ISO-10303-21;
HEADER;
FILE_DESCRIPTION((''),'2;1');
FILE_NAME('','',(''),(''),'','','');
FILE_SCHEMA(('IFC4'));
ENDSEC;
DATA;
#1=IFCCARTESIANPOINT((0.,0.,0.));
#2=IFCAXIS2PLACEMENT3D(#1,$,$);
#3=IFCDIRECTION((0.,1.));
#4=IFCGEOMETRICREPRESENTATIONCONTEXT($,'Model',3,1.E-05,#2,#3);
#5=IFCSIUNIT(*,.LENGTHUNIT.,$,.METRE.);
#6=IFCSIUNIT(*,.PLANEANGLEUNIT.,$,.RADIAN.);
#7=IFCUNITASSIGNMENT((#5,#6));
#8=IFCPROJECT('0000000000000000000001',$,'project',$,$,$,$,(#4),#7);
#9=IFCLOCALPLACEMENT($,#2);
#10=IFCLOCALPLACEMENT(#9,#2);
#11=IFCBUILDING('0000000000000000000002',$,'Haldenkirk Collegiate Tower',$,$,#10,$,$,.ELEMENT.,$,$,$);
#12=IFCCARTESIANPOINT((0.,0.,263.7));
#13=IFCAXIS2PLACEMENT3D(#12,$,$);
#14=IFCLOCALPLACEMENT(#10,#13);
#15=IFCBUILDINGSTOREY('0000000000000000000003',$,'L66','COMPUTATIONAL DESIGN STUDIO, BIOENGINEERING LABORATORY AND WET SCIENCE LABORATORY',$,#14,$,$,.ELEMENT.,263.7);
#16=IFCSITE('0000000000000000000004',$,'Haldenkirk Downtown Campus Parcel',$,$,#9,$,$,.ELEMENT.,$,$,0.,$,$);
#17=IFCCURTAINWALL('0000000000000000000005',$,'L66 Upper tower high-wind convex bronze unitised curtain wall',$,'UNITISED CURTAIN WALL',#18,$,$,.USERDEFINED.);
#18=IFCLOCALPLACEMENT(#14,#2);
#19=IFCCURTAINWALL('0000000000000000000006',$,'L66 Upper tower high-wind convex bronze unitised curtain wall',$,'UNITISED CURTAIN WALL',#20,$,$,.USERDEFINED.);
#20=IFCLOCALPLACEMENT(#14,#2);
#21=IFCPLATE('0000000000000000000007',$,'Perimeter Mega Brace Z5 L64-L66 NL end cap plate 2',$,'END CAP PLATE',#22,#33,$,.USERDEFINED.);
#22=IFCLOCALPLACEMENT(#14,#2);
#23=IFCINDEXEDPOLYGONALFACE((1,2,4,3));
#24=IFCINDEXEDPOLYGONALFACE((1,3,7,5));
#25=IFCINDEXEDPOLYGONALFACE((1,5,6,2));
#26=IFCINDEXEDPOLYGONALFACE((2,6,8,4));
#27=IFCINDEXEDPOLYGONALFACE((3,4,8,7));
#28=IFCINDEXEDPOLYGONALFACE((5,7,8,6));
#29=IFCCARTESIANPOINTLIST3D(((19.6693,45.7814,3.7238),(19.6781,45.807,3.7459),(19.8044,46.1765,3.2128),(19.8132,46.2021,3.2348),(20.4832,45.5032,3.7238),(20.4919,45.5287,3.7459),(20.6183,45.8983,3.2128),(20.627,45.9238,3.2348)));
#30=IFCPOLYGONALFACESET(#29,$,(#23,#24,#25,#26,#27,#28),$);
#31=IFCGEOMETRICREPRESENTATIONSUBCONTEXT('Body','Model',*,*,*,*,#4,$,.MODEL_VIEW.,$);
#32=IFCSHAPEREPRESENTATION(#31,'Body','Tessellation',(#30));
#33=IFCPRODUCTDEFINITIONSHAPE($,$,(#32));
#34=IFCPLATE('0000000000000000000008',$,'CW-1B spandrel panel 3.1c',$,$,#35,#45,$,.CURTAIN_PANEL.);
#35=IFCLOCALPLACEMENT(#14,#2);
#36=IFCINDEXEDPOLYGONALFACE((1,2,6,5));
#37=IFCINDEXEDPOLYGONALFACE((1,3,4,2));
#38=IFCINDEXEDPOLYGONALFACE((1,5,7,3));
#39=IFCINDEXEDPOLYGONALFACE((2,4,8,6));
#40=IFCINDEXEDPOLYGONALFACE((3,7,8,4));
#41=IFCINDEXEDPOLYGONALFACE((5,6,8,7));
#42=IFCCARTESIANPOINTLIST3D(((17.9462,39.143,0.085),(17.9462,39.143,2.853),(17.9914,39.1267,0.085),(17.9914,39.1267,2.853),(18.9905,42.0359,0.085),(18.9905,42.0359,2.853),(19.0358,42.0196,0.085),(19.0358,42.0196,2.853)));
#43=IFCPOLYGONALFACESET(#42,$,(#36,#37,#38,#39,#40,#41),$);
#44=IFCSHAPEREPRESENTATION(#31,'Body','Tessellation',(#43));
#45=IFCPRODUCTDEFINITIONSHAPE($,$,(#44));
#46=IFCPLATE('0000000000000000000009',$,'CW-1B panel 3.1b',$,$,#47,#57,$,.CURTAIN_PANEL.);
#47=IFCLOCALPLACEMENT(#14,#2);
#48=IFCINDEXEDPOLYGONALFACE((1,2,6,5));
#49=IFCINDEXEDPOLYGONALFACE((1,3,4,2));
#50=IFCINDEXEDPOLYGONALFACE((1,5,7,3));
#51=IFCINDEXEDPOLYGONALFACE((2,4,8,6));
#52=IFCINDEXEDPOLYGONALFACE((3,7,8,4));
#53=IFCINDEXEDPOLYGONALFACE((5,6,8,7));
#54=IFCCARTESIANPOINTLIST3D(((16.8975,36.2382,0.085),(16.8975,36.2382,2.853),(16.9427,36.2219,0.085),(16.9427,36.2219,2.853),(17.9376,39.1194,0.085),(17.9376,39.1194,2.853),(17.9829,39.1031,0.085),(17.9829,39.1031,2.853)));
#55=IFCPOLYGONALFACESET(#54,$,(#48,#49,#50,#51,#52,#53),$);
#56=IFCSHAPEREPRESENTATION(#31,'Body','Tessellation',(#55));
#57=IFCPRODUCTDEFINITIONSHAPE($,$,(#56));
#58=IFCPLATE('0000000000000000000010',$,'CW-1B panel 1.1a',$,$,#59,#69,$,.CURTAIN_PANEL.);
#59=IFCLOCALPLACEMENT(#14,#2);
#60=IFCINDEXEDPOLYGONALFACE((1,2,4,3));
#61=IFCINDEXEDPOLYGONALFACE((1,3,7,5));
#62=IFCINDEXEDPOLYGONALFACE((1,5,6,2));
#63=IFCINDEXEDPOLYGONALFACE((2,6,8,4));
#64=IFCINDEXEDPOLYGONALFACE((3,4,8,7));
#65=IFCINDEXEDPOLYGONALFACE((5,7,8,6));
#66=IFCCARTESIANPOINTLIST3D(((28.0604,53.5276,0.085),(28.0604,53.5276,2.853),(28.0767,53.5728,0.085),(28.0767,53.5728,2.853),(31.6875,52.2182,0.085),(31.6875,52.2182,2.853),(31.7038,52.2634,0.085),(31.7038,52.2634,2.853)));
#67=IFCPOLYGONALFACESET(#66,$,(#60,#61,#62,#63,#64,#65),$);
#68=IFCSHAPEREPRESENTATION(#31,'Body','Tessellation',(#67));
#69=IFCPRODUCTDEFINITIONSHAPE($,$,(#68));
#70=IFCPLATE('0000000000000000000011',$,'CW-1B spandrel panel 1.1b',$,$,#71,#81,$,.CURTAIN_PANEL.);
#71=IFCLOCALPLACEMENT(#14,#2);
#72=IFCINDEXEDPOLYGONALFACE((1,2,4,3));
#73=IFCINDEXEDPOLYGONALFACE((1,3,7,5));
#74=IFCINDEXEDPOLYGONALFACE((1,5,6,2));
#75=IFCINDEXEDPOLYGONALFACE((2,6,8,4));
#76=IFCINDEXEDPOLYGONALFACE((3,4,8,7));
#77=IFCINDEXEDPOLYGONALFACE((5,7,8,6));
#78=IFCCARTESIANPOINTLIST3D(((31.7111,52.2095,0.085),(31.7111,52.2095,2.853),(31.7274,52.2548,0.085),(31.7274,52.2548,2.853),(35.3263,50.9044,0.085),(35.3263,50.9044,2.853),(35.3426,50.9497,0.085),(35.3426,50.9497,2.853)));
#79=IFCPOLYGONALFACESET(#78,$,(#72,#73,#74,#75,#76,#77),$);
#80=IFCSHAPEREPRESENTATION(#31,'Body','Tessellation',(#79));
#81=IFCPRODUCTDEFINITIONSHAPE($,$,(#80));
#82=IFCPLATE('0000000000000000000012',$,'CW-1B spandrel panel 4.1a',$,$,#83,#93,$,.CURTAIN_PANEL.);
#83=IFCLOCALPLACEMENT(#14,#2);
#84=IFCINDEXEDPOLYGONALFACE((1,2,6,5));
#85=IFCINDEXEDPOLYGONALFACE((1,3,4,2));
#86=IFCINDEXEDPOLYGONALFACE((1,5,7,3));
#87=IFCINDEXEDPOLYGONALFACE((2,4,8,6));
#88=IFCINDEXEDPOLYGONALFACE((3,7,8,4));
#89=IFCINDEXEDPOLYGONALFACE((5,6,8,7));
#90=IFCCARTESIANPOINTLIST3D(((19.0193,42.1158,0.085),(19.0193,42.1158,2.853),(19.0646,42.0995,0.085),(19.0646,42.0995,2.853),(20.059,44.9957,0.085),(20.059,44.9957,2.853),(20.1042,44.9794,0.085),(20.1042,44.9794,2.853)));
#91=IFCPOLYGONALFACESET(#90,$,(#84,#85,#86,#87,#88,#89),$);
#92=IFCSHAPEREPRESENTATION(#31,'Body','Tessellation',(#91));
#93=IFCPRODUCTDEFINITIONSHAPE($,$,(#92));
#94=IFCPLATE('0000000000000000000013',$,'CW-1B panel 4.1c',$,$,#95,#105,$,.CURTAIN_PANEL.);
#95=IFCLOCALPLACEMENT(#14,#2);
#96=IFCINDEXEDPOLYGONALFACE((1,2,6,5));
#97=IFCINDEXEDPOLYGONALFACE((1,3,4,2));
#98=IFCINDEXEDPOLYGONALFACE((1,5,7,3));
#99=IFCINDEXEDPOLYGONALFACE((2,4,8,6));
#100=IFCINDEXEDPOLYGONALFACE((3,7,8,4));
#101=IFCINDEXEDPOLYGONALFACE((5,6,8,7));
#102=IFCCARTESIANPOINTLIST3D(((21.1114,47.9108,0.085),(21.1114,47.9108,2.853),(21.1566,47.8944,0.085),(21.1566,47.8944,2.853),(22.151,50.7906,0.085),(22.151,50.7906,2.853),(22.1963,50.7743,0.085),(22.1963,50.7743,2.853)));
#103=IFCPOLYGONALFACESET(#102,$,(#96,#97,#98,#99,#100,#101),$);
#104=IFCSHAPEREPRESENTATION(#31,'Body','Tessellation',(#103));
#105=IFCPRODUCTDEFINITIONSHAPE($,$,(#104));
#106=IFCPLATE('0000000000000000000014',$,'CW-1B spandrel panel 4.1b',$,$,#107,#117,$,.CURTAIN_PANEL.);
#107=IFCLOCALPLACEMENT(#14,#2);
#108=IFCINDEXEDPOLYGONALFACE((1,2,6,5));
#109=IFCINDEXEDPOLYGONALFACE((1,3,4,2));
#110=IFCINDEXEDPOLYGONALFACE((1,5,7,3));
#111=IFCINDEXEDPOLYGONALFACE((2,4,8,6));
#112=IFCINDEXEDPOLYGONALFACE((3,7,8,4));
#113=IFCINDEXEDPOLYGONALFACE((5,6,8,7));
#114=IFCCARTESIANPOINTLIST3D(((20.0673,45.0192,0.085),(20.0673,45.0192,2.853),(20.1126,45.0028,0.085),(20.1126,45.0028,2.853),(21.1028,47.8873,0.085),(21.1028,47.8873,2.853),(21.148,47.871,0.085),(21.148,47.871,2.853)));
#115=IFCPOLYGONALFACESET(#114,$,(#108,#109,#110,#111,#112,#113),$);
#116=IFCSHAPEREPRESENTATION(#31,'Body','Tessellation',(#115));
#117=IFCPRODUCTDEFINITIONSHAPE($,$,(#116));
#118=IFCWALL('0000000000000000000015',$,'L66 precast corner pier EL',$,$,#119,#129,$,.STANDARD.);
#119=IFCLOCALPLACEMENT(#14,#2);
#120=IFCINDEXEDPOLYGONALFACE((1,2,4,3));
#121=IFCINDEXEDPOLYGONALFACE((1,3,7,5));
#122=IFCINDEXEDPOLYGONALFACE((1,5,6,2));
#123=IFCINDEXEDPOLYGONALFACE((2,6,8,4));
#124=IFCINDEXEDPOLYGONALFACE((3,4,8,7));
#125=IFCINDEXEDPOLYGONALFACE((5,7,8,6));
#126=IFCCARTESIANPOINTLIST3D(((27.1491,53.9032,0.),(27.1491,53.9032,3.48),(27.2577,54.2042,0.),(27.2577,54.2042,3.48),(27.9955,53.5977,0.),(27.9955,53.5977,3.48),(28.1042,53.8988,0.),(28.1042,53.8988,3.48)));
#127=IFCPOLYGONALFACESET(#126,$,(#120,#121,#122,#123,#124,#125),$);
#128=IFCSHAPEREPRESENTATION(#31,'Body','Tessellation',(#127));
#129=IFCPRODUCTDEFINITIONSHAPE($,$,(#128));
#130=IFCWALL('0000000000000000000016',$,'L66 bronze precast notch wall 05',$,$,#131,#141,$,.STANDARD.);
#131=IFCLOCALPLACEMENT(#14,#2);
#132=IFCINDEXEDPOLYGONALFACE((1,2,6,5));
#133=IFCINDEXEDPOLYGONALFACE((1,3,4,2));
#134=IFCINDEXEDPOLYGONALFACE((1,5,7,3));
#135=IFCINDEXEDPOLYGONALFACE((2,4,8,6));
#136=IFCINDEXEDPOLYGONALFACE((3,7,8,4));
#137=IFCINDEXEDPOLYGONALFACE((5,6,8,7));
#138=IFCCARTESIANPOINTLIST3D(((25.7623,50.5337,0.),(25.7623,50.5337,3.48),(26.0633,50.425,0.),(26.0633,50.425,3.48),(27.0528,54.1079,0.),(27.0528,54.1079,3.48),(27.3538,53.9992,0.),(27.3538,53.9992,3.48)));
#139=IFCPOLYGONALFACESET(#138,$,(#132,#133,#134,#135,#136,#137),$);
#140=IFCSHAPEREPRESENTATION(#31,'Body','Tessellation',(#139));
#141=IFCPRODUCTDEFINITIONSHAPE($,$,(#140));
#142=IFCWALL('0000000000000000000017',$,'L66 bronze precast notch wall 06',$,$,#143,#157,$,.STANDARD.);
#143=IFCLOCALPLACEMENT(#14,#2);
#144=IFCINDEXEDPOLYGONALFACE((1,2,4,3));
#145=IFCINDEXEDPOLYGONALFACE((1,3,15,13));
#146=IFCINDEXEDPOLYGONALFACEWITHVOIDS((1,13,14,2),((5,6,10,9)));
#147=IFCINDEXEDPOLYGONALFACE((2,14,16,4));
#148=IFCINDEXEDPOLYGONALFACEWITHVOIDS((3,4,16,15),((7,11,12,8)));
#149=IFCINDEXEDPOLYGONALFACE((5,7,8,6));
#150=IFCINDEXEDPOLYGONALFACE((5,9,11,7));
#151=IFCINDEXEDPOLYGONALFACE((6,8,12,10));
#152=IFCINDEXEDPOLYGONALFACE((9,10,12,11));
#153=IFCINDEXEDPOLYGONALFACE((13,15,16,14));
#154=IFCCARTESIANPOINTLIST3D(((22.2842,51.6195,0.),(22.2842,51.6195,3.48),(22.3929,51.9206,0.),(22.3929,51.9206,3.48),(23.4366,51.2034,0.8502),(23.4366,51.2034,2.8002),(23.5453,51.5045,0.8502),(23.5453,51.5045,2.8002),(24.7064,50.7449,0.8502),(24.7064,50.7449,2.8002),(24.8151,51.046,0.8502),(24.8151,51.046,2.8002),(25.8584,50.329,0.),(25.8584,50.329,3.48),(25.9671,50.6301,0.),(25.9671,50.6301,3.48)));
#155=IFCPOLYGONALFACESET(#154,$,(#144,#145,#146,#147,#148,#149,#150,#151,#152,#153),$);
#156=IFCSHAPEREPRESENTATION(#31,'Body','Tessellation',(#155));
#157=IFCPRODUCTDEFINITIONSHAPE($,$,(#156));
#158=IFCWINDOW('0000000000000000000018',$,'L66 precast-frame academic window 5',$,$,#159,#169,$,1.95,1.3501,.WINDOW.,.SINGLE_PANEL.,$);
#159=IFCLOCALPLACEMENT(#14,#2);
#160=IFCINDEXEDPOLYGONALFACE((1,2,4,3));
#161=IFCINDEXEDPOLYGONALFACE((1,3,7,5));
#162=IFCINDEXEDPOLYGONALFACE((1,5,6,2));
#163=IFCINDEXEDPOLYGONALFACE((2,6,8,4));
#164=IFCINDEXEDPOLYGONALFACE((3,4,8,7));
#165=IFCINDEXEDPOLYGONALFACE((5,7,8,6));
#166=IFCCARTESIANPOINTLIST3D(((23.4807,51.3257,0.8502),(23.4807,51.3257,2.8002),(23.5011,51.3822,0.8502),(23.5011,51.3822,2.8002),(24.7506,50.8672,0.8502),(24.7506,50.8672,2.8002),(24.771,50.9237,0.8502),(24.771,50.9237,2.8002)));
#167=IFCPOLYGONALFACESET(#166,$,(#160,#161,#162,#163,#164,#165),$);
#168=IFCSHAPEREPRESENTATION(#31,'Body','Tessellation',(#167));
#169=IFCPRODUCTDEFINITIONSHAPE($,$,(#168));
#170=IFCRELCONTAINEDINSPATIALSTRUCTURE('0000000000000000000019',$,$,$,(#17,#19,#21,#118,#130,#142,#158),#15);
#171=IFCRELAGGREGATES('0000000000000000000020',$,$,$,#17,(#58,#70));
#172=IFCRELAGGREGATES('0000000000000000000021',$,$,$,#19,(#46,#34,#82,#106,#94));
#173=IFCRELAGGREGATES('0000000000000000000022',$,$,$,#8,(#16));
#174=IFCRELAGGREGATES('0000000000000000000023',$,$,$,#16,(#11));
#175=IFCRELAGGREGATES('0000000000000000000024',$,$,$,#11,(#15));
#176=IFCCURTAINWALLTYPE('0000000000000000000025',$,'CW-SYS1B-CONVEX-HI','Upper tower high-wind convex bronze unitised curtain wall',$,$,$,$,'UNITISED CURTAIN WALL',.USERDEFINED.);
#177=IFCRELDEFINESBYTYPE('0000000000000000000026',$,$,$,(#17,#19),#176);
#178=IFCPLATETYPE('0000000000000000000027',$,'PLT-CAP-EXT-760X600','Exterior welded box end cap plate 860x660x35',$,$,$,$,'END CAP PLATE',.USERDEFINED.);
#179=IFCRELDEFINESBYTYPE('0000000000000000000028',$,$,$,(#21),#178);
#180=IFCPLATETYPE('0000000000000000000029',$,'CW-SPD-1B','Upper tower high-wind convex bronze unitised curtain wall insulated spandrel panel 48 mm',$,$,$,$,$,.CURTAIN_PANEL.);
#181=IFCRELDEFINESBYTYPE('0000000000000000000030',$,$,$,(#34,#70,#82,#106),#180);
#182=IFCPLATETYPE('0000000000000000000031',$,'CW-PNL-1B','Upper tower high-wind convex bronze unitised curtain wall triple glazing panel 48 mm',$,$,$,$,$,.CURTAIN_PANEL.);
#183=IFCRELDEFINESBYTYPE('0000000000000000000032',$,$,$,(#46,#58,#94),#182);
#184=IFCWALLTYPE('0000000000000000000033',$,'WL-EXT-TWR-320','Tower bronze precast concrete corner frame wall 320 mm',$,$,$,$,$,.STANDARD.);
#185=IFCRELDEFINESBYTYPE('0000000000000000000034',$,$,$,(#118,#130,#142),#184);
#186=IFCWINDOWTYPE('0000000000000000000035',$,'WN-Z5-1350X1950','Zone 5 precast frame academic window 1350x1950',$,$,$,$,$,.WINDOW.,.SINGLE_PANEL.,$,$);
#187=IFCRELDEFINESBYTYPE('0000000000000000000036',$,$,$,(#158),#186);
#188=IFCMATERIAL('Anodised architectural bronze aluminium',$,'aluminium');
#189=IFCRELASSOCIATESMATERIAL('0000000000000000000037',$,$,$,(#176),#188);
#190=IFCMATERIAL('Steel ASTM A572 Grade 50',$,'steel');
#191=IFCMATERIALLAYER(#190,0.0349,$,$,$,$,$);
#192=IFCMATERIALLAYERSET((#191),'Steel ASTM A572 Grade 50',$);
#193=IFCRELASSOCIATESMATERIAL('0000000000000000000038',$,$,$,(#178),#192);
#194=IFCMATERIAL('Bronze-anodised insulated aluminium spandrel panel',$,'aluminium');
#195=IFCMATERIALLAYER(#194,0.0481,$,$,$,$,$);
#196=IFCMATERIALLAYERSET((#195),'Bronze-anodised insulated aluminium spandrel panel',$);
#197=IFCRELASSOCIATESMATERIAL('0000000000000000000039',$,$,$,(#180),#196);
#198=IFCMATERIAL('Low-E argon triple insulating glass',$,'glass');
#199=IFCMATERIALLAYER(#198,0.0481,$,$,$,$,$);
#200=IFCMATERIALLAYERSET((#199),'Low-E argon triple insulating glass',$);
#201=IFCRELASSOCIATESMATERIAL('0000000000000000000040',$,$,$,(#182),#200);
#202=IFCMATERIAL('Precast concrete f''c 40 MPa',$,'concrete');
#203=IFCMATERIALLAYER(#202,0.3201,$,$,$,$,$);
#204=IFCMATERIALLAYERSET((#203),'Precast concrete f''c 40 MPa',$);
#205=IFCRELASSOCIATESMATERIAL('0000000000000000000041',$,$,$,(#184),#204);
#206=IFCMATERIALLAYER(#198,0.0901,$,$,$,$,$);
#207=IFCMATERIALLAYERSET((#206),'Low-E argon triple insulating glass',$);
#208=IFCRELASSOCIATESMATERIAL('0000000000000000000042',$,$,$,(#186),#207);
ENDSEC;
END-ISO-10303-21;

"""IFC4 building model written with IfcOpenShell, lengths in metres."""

from ifc_helpers import new_model, si_unit, direction, frame, frame_2d, origin, origin_2d, place, context, subcontext, project, spatial, rectangle, extrude, source, transform, mapped, material, layer, layer_set, type_object, element, fill, aggregate, save


model = new_model("IFC4")

# Units and contexts
model_context = context("Model", 3, precision=1e-05, world=origin(), true_north=direction((0.0, 1.0)))
body_context = subcontext(model_context, "Body", "Model", "MODEL_VIEW")
ifc_project = project(units=[si_unit("LENGTHUNIT", "METRE"), si_unit("PLANEANGLEUNIT", "RADIAN")], contexts=[model_context])

# Site, building, storey
site_placement = place(None, origin())
site = spatial("IfcSite", under=ifc_project, at=site_placement, Name="Haldenkirk Downtown Campus Parcel", CompositionType="ELEMENT", RefElevation=0.0)
building_placement = place(site_placement, origin())
building = spatial("IfcBuilding", under=site, at=building_placement, Name="Haldenkirk Collegiate Tower", CompositionType="ELEMENT")
storey_placement = place(building_placement, frame((0.0, 0.0, 263.7)))
storey = spatial("IfcBuildingStorey", under=building, at=storey_placement, Name="L66", Description="COMPUTATIONAL DESIGN STUDIO, BIOENGINEERING LABORATORY AND WET SCIENCE LABORATORY", CompositionType="ELEMENT", Elevation=263.7)

# Shared definitions
ifc_material_1 = material(Name="Steel ASTM A572 Grade 50", Category="steel")

# Curtain wall
ifc_material_2 = material(Name="Anodised architectural bronze aluminium", Category="aluminium")
curtain_wall_type = type_object("IfcCurtainWallType", Name="CW-SYS1B-CONVEX-HI", Description="Upper tower high-wind convex bronze unitised curtain wall", ElementType="UNITISED CURTAIN WALL", PredefinedType="USERDEFINED", material=ifc_material_2)
curtain_wall_1_placement = place(storey_placement, origin())
curtain_wall_1 = element("IfcCurtainWall", 1, at=curtain_wall_1_placement, inside=storey, type_object=curtain_wall_type, Name="L66 Upper tower high-wind convex bronze unitised curtain wall", ObjectType="UNITISED CURTAIN WALL", PredefinedType="USERDEFINED")

# Curtain wall
curtain_wall_2_placement = place(storey_placement, origin())
curtain_wall_2 = element("IfcCurtainWall", 2, at=curtain_wall_2_placement, inside=storey, type_object=curtain_wall_type, Name="L66 Upper tower high-wind convex bronze unitised curtain wall", ObjectType="UNITISED CURTAIN WALL", PredefinedType="USERDEFINED")

# Plate
ifc_layer_1 = layer(ifc_material_1, 0.0349)
ifc_layer_set_1 = layer_set([ifc_layer_1], Name="Steel ASTM A572 Grade 50")
plate_type_1 = type_object("IfcPlateType", Name="PLT-CAP-EXT-760X600", Description="Exterior welded box end cap plate 860x660x35", ElementType="END CAP PLATE", PredefinedType="USERDEFINED", material=ifc_layer_set_1)
shared_shape_1 = source(origin(), body_context, "Body", "SweptSolid", [
    extrude(rectangle(XDim=0.8601, YDim=0.6599, at=origin_2d()), origin(), (0.0, 0.0, 1.0), 0.0349),
])
for number, where, z_axis, x_axis, name in (
    (3, (20.1438, 45.8398, 3.4683), (0.25053, 0.732732, 0.632723), (-0.94622, 0.323524, 0.0), "Perimeter Mega Brace Z5 L64-L66 NL end cap plate 2"),
):
    element("IfcPlate", number, at=place(storey_placement, frame(where, z_axis=z_axis, x_axis=x_axis)), inside=storey, type_object=plate_type_1, Name=name, ObjectType="END CAP PLATE", PredefinedType="USERDEFINED", context=body_context, shape_type="MappedRepresentation", body=[
        mapped(shared_shape_1, transform((0.0, 0.0, 0.0), x_axis=(1.0, 0.0, 0.0), y_axis=(0.0, 1.0, 0.0), z_axis=(0.0, 0.0, 1.0), scale=1.0)),
    ])

# Plates
ifc_material_3 = material(Name="Bronze-anodised insulated aluminium spandrel panel", Category="aluminium")
ifc_layer_2 = layer(ifc_material_3, 0.0481)
ifc_layer_set_2 = layer_set([ifc_layer_2], Name="Bronze-anodised insulated aluminium spandrel panel")
plate_type_2 = type_object("IfcPlateType", Name="CW-SPD-1B", Description="Upper tower high-wind convex bronze unitised curtain wall insulated spandrel panel 48 mm", PredefinedType="CURTAIN_PANEL", material=ifc_layer_set_2)
shared_shape_2 = source(origin(), body_context, "Body", "SweptSolid", [
    extrude(rectangle(XDim=3.0757, YDim=0.0481, at=origin_2d()), origin(), (0.0, 0.0, 1.0), 2.7681),
])
plate_1_placement = place(storey_placement, frame((18.491, 40.5813, 0.085), z_axis=(0.0, 0.0, 1.0), x_axis=(0.339559, 0.940585, 0.0)))
plate_1 = element("IfcPlate", 4, at=plate_1_placement, type_object=plate_type_2, Name="CW-1B spandrel panel 3.1c", PredefinedType="CURTAIN_PANEL", context=body_context, shape_type="MappedRepresentation", body=[
    mapped(shared_shape_2, transform((0.0, 0.0, 0.0), x_axis=(1.0, 0.0, 0.0), y_axis=(0.0, 1.0, 0.0), z_axis=(0.0, 0.0, 1.0), scale=1.0)),
])
ifc_material_4 = material(Name="Low-E argon triple insulating glass", Category="glass")
ifc_layer_3 = layer(ifc_material_4, 0.0481)
ifc_layer_set_3 = layer_set([ifc_layer_3], Name="Low-E argon triple insulating glass")
plate_type_3 = type_object("IfcPlateType", Name="CW-PNL-1B", Description="Upper tower high-wind convex bronze unitised curtain wall triple glazing panel 48 mm", PredefinedType="CURTAIN_PANEL", material=ifc_layer_set_3)
shared_shape_3 = source(origin(), body_context, "Body", "SweptSolid", [
    extrude(rectangle(XDim=3.0632, YDim=0.0481, at=origin_2d()), origin(), (0.0, 0.0, 1.0), 2.7681),
])
plate_2_placement = place(storey_placement, frame((17.4402, 37.6707, 0.085), z_axis=(0.0, 0.0, 1.0), x_axis=(0.339559, 0.940585, 0.0)))
plate_2 = element("IfcPlate", 5, at=plate_2_placement, type_object=plate_type_3, Name="CW-1B panel 3.1b", PredefinedType="CURTAIN_PANEL", context=body_context, shape_type="MappedRepresentation", body=[
    mapped(shared_shape_3, transform((0.0, 0.0, 0.0), x_axis=(1.0, 0.0, 0.0), y_axis=(0.0, 1.0, 0.0), z_axis=(0.0, 0.0, 1.0), scale=1.0)),
])
shared_shape_4 = source(origin(), body_context, "Body", "SweptSolid", [
    extrude(rectangle(XDim=3.8562, YDim=0.0481, at=origin_2d()), origin(), (0.0, 0.0, 1.0), 2.7681),
])
plate_3_placement = place(storey_placement, frame((29.8821, 52.8955, 0.085), z_axis=(0.0, 0.0, 1.0), x_axis=(0.940586, -0.339557, 0.0)))
plate_3 = element("IfcPlate", 6, at=plate_3_placement, type_object=plate_type_3, Name="CW-1B panel 1.1a", PredefinedType="CURTAIN_PANEL", context=body_context, shape_type="MappedRepresentation", body=[
    mapped(shared_shape_4, transform((0.0, 0.0, 0.0), x_axis=(1.0, 0.0, 0.0), y_axis=(0.0, 1.0, 0.0), z_axis=(0.0, 0.0, 1.0), scale=1.0)),
])
shared_shape_5 = source(origin(), body_context, "Body", "SweptSolid", [
    extrude(rectangle(XDim=3.8435, YDim=0.0481, at=origin_2d()), origin(), (0.0, 0.0, 1.0), 2.7681),
])
plate_4_placement = place(storey_placement, frame((33.5269, 51.5796, 0.085), z_axis=(0.0, 0.0, 1.0), x_axis=(0.940586, -0.339557, 0.0)))
plate_4 = element("IfcPlate", 7, at=plate_4_placement, type_object=plate_type_2, Name="CW-1B spandrel panel 1.1b", PredefinedType="CURTAIN_PANEL", context=body_context, shape_type="MappedRepresentation", body=[
    mapped(shared_shape_5, transform((0.0, 0.0, 0.0), x_axis=(1.0, 0.0, 0.0), y_axis=(0.0, 1.0, 0.0), z_axis=(0.0, 0.0, 1.0), scale=1.0)),
])
aggregate(curtain_wall_1, [plate_3, plate_4])
shared_shape_6 = source(origin(), body_context, "Body", "SweptSolid", [
    extrude(rectangle(XDim=3.0618, YDim=0.0481, at=origin_2d()), origin(), (0.0, 0.0, 1.0), 2.7681),
])
plate_5_placement = place(storey_placement, frame((19.5618, 43.5476, 0.085), z_axis=(0.0, 0.0, 1.0), x_axis=(0.339559, 0.940585, 0.0)))
plate_5 = element("IfcPlate", 8, at=plate_5_placement, type_object=plate_type_2, Name="CW-1B spandrel panel 4.1a", PredefinedType="CURTAIN_PANEL", context=body_context, shape_type="MappedRepresentation", body=[
    mapped(shared_shape_6, transform((0.0, 0.0, 0.0), x_axis=(1.0, 0.0, 0.0), y_axis=(0.0, 1.0, 0.0), z_axis=(0.0, 0.0, 1.0), scale=1.0)),
])
plate_6_placement = place(storey_placement, frame((21.6538, 49.3425, 0.085), z_axis=(0.0, 0.0, 1.0), x_axis=(0.339559, 0.940585, 0.0)))
plate_6 = element("IfcPlate", 9, at=plate_6_placement, type_object=plate_type_3, Name="CW-1B panel 4.1c", PredefinedType="CURTAIN_PANEL", context=body_context, shape_type="MappedRepresentation", body=[
    mapped(shared_shape_6, transform((0.0, 0.0, 0.0), x_axis=(1.0, 0.0, 0.0), y_axis=(0.0, 1.0, 0.0), z_axis=(0.0, 0.0, 1.0), scale=1.0)),
])
shared_shape_7 = source(origin(), body_context, "Body", "SweptSolid", [
    extrude(rectangle(XDim=3.0493, YDim=0.0481, at=origin_2d()), origin(), (0.0, 0.0, 1.0), 2.7681),
])
plate_7_placement = place(storey_placement, frame((20.6077, 46.4451, 0.085), z_axis=(0.0, 0.0, 1.0), x_axis=(0.339559, 0.940585, 0.0)))
plate_7 = element("IfcPlate", 10, at=plate_7_placement, type_object=plate_type_2, Name="CW-1B spandrel panel 4.1b", PredefinedType="CURTAIN_PANEL", context=body_context, shape_type="MappedRepresentation", body=[
    mapped(shared_shape_7, transform((0.0, 0.0, 0.0), x_axis=(1.0, 0.0, 0.0), y_axis=(0.0, 1.0, 0.0), z_axis=(0.0, 0.0, 1.0), scale=1.0)),
])
aggregate(curtain_wall_2, [plate_2, plate_1, plate_5, plate_7, plate_6])

# Walls
ifc_material_5 = material(Name="Precast concrete f'c 40 MPa", Category="concrete")
ifc_layer_4 = layer(ifc_material_5, 0.3201)
ifc_layer_set_4 = layer_set([ifc_layer_4], Name="Precast concrete f'c 40 MPa")
wall_type_1 = type_object("IfcWallType", Name="WL-EXT-TWR-320", Description="Tower bronze precast concrete corner frame wall 320 mm", PredefinedType="STANDARD", material=ifc_layer_set_4)
wall_1_placement = place(storey_placement, frame((27.2034, 54.0537, 0.0), z_axis=(0.0, 0.0, 1.0), x_axis=(0.940638, -0.339411, 0.0)))
element("IfcWall", 11, at=wall_1_placement, inside=storey, type_object=wall_type_1, Name="L66 precast corner pier EL", PredefinedType="STANDARD", context=body_context, shape_type="SweptSolid", body=[
    extrude(rectangle(XDim=0.8999, YDim=0.3201, at=frame_2d((0.45, 0.0))), origin(), (0.0, 0.0, 1.0), 3.48),
])
wall_2_placement = place(storey_placement, frame((25.9128, 50.4795, 0.0), z_axis=(0.0, 0.0, 1.0), x_axis=(0.339607, 0.940568, 0.0)))
element("IfcWall", 12, at=wall_2_placement, inside=storey, type_object=wall_type_1, Name="L66 bronze precast notch wall 05", PredefinedType="STANDARD", context=body_context, shape_type="SweptSolid", body=[
    extrude(rectangle(XDim=3.8, YDim=0.3201, at=frame_2d((1.8999, 0.0))), origin(), (0.0, 0.0, 1.0), 3.48),
])

# Wall, opening, window
wall_3_placement = place(storey_placement, frame((22.3386, 51.77, 0.0), z_axis=(0.0, 0.0, 1.0), x_axis=(0.940568, -0.339607, 0.0)))
wall_3 = element("IfcWall", 13, at=wall_3_placement, inside=storey, type_object=wall_type_1, Name="L66 bronze precast notch wall 06", PredefinedType="STANDARD", context=body_context, shape_type="SweptSolid", body=[
    extrude(rectangle(XDim=3.8, YDim=0.3201, at=frame_2d((1.8999, 0.0))), origin(), (0.0, 0.0, 1.0), 3.48),
])
opening_placement = place(wall_3_placement, frame((1.2251, 0.0, 0.8501)))
opening = element("IfcOpeningElement", 14, at=opening_placement, cuts=wall_3, PredefinedType="OPENING", context=body_context, shape_type="SweptSolid", body=[
    extrude(rectangle(XDim=1.3501, YDim=1.95, at=frame_2d((0.675, 0.9751))), frame((0.0, 0.1699, 0.0), z_axis=(0.0, -1.0, 0.0), x_axis=(1.0, 0.0, 0.0)), (0.0, 0.0, 1.0), 0.3401),
])
ifc_layer_5 = layer(ifc_material_4, 0.0901)
ifc_layer_set_5 = layer_set([ifc_layer_5], Name="Low-E argon triple insulating glass")
window_type = type_object("IfcWindowType", Name="WN-Z5-1350X1950", Description="Zone 5 precast frame academic window 1350x1950", PartitioningType="SINGLE_PANEL", PredefinedType="WINDOW", material=ifc_layer_set_5)
window_placement = place(opening_placement, origin())
window = element("IfcWindow", 15, at=window_placement, inside=storey, type_object=window_type, Name="L66 precast-frame academic window 5", OverallHeight=1.95, OverallWidth=1.3501, PartitioningType="SINGLE_PANEL", PredefinedType="WINDOW", context=body_context, shape_type="SweptSolid", body=[
    extrude(rectangle(XDim=1.3501, YDim=1.95, at=frame_2d((0.675, 0.9751))), frame((0.0, 0.03, 0.0), z_axis=(0.0, -1.0, 0.0), x_axis=(1.0, 0.0, 0.0)), (0.0, 0.0, 1.0), 0.0601),
])
fill(opening, window)

save(model, "model.ifc")
